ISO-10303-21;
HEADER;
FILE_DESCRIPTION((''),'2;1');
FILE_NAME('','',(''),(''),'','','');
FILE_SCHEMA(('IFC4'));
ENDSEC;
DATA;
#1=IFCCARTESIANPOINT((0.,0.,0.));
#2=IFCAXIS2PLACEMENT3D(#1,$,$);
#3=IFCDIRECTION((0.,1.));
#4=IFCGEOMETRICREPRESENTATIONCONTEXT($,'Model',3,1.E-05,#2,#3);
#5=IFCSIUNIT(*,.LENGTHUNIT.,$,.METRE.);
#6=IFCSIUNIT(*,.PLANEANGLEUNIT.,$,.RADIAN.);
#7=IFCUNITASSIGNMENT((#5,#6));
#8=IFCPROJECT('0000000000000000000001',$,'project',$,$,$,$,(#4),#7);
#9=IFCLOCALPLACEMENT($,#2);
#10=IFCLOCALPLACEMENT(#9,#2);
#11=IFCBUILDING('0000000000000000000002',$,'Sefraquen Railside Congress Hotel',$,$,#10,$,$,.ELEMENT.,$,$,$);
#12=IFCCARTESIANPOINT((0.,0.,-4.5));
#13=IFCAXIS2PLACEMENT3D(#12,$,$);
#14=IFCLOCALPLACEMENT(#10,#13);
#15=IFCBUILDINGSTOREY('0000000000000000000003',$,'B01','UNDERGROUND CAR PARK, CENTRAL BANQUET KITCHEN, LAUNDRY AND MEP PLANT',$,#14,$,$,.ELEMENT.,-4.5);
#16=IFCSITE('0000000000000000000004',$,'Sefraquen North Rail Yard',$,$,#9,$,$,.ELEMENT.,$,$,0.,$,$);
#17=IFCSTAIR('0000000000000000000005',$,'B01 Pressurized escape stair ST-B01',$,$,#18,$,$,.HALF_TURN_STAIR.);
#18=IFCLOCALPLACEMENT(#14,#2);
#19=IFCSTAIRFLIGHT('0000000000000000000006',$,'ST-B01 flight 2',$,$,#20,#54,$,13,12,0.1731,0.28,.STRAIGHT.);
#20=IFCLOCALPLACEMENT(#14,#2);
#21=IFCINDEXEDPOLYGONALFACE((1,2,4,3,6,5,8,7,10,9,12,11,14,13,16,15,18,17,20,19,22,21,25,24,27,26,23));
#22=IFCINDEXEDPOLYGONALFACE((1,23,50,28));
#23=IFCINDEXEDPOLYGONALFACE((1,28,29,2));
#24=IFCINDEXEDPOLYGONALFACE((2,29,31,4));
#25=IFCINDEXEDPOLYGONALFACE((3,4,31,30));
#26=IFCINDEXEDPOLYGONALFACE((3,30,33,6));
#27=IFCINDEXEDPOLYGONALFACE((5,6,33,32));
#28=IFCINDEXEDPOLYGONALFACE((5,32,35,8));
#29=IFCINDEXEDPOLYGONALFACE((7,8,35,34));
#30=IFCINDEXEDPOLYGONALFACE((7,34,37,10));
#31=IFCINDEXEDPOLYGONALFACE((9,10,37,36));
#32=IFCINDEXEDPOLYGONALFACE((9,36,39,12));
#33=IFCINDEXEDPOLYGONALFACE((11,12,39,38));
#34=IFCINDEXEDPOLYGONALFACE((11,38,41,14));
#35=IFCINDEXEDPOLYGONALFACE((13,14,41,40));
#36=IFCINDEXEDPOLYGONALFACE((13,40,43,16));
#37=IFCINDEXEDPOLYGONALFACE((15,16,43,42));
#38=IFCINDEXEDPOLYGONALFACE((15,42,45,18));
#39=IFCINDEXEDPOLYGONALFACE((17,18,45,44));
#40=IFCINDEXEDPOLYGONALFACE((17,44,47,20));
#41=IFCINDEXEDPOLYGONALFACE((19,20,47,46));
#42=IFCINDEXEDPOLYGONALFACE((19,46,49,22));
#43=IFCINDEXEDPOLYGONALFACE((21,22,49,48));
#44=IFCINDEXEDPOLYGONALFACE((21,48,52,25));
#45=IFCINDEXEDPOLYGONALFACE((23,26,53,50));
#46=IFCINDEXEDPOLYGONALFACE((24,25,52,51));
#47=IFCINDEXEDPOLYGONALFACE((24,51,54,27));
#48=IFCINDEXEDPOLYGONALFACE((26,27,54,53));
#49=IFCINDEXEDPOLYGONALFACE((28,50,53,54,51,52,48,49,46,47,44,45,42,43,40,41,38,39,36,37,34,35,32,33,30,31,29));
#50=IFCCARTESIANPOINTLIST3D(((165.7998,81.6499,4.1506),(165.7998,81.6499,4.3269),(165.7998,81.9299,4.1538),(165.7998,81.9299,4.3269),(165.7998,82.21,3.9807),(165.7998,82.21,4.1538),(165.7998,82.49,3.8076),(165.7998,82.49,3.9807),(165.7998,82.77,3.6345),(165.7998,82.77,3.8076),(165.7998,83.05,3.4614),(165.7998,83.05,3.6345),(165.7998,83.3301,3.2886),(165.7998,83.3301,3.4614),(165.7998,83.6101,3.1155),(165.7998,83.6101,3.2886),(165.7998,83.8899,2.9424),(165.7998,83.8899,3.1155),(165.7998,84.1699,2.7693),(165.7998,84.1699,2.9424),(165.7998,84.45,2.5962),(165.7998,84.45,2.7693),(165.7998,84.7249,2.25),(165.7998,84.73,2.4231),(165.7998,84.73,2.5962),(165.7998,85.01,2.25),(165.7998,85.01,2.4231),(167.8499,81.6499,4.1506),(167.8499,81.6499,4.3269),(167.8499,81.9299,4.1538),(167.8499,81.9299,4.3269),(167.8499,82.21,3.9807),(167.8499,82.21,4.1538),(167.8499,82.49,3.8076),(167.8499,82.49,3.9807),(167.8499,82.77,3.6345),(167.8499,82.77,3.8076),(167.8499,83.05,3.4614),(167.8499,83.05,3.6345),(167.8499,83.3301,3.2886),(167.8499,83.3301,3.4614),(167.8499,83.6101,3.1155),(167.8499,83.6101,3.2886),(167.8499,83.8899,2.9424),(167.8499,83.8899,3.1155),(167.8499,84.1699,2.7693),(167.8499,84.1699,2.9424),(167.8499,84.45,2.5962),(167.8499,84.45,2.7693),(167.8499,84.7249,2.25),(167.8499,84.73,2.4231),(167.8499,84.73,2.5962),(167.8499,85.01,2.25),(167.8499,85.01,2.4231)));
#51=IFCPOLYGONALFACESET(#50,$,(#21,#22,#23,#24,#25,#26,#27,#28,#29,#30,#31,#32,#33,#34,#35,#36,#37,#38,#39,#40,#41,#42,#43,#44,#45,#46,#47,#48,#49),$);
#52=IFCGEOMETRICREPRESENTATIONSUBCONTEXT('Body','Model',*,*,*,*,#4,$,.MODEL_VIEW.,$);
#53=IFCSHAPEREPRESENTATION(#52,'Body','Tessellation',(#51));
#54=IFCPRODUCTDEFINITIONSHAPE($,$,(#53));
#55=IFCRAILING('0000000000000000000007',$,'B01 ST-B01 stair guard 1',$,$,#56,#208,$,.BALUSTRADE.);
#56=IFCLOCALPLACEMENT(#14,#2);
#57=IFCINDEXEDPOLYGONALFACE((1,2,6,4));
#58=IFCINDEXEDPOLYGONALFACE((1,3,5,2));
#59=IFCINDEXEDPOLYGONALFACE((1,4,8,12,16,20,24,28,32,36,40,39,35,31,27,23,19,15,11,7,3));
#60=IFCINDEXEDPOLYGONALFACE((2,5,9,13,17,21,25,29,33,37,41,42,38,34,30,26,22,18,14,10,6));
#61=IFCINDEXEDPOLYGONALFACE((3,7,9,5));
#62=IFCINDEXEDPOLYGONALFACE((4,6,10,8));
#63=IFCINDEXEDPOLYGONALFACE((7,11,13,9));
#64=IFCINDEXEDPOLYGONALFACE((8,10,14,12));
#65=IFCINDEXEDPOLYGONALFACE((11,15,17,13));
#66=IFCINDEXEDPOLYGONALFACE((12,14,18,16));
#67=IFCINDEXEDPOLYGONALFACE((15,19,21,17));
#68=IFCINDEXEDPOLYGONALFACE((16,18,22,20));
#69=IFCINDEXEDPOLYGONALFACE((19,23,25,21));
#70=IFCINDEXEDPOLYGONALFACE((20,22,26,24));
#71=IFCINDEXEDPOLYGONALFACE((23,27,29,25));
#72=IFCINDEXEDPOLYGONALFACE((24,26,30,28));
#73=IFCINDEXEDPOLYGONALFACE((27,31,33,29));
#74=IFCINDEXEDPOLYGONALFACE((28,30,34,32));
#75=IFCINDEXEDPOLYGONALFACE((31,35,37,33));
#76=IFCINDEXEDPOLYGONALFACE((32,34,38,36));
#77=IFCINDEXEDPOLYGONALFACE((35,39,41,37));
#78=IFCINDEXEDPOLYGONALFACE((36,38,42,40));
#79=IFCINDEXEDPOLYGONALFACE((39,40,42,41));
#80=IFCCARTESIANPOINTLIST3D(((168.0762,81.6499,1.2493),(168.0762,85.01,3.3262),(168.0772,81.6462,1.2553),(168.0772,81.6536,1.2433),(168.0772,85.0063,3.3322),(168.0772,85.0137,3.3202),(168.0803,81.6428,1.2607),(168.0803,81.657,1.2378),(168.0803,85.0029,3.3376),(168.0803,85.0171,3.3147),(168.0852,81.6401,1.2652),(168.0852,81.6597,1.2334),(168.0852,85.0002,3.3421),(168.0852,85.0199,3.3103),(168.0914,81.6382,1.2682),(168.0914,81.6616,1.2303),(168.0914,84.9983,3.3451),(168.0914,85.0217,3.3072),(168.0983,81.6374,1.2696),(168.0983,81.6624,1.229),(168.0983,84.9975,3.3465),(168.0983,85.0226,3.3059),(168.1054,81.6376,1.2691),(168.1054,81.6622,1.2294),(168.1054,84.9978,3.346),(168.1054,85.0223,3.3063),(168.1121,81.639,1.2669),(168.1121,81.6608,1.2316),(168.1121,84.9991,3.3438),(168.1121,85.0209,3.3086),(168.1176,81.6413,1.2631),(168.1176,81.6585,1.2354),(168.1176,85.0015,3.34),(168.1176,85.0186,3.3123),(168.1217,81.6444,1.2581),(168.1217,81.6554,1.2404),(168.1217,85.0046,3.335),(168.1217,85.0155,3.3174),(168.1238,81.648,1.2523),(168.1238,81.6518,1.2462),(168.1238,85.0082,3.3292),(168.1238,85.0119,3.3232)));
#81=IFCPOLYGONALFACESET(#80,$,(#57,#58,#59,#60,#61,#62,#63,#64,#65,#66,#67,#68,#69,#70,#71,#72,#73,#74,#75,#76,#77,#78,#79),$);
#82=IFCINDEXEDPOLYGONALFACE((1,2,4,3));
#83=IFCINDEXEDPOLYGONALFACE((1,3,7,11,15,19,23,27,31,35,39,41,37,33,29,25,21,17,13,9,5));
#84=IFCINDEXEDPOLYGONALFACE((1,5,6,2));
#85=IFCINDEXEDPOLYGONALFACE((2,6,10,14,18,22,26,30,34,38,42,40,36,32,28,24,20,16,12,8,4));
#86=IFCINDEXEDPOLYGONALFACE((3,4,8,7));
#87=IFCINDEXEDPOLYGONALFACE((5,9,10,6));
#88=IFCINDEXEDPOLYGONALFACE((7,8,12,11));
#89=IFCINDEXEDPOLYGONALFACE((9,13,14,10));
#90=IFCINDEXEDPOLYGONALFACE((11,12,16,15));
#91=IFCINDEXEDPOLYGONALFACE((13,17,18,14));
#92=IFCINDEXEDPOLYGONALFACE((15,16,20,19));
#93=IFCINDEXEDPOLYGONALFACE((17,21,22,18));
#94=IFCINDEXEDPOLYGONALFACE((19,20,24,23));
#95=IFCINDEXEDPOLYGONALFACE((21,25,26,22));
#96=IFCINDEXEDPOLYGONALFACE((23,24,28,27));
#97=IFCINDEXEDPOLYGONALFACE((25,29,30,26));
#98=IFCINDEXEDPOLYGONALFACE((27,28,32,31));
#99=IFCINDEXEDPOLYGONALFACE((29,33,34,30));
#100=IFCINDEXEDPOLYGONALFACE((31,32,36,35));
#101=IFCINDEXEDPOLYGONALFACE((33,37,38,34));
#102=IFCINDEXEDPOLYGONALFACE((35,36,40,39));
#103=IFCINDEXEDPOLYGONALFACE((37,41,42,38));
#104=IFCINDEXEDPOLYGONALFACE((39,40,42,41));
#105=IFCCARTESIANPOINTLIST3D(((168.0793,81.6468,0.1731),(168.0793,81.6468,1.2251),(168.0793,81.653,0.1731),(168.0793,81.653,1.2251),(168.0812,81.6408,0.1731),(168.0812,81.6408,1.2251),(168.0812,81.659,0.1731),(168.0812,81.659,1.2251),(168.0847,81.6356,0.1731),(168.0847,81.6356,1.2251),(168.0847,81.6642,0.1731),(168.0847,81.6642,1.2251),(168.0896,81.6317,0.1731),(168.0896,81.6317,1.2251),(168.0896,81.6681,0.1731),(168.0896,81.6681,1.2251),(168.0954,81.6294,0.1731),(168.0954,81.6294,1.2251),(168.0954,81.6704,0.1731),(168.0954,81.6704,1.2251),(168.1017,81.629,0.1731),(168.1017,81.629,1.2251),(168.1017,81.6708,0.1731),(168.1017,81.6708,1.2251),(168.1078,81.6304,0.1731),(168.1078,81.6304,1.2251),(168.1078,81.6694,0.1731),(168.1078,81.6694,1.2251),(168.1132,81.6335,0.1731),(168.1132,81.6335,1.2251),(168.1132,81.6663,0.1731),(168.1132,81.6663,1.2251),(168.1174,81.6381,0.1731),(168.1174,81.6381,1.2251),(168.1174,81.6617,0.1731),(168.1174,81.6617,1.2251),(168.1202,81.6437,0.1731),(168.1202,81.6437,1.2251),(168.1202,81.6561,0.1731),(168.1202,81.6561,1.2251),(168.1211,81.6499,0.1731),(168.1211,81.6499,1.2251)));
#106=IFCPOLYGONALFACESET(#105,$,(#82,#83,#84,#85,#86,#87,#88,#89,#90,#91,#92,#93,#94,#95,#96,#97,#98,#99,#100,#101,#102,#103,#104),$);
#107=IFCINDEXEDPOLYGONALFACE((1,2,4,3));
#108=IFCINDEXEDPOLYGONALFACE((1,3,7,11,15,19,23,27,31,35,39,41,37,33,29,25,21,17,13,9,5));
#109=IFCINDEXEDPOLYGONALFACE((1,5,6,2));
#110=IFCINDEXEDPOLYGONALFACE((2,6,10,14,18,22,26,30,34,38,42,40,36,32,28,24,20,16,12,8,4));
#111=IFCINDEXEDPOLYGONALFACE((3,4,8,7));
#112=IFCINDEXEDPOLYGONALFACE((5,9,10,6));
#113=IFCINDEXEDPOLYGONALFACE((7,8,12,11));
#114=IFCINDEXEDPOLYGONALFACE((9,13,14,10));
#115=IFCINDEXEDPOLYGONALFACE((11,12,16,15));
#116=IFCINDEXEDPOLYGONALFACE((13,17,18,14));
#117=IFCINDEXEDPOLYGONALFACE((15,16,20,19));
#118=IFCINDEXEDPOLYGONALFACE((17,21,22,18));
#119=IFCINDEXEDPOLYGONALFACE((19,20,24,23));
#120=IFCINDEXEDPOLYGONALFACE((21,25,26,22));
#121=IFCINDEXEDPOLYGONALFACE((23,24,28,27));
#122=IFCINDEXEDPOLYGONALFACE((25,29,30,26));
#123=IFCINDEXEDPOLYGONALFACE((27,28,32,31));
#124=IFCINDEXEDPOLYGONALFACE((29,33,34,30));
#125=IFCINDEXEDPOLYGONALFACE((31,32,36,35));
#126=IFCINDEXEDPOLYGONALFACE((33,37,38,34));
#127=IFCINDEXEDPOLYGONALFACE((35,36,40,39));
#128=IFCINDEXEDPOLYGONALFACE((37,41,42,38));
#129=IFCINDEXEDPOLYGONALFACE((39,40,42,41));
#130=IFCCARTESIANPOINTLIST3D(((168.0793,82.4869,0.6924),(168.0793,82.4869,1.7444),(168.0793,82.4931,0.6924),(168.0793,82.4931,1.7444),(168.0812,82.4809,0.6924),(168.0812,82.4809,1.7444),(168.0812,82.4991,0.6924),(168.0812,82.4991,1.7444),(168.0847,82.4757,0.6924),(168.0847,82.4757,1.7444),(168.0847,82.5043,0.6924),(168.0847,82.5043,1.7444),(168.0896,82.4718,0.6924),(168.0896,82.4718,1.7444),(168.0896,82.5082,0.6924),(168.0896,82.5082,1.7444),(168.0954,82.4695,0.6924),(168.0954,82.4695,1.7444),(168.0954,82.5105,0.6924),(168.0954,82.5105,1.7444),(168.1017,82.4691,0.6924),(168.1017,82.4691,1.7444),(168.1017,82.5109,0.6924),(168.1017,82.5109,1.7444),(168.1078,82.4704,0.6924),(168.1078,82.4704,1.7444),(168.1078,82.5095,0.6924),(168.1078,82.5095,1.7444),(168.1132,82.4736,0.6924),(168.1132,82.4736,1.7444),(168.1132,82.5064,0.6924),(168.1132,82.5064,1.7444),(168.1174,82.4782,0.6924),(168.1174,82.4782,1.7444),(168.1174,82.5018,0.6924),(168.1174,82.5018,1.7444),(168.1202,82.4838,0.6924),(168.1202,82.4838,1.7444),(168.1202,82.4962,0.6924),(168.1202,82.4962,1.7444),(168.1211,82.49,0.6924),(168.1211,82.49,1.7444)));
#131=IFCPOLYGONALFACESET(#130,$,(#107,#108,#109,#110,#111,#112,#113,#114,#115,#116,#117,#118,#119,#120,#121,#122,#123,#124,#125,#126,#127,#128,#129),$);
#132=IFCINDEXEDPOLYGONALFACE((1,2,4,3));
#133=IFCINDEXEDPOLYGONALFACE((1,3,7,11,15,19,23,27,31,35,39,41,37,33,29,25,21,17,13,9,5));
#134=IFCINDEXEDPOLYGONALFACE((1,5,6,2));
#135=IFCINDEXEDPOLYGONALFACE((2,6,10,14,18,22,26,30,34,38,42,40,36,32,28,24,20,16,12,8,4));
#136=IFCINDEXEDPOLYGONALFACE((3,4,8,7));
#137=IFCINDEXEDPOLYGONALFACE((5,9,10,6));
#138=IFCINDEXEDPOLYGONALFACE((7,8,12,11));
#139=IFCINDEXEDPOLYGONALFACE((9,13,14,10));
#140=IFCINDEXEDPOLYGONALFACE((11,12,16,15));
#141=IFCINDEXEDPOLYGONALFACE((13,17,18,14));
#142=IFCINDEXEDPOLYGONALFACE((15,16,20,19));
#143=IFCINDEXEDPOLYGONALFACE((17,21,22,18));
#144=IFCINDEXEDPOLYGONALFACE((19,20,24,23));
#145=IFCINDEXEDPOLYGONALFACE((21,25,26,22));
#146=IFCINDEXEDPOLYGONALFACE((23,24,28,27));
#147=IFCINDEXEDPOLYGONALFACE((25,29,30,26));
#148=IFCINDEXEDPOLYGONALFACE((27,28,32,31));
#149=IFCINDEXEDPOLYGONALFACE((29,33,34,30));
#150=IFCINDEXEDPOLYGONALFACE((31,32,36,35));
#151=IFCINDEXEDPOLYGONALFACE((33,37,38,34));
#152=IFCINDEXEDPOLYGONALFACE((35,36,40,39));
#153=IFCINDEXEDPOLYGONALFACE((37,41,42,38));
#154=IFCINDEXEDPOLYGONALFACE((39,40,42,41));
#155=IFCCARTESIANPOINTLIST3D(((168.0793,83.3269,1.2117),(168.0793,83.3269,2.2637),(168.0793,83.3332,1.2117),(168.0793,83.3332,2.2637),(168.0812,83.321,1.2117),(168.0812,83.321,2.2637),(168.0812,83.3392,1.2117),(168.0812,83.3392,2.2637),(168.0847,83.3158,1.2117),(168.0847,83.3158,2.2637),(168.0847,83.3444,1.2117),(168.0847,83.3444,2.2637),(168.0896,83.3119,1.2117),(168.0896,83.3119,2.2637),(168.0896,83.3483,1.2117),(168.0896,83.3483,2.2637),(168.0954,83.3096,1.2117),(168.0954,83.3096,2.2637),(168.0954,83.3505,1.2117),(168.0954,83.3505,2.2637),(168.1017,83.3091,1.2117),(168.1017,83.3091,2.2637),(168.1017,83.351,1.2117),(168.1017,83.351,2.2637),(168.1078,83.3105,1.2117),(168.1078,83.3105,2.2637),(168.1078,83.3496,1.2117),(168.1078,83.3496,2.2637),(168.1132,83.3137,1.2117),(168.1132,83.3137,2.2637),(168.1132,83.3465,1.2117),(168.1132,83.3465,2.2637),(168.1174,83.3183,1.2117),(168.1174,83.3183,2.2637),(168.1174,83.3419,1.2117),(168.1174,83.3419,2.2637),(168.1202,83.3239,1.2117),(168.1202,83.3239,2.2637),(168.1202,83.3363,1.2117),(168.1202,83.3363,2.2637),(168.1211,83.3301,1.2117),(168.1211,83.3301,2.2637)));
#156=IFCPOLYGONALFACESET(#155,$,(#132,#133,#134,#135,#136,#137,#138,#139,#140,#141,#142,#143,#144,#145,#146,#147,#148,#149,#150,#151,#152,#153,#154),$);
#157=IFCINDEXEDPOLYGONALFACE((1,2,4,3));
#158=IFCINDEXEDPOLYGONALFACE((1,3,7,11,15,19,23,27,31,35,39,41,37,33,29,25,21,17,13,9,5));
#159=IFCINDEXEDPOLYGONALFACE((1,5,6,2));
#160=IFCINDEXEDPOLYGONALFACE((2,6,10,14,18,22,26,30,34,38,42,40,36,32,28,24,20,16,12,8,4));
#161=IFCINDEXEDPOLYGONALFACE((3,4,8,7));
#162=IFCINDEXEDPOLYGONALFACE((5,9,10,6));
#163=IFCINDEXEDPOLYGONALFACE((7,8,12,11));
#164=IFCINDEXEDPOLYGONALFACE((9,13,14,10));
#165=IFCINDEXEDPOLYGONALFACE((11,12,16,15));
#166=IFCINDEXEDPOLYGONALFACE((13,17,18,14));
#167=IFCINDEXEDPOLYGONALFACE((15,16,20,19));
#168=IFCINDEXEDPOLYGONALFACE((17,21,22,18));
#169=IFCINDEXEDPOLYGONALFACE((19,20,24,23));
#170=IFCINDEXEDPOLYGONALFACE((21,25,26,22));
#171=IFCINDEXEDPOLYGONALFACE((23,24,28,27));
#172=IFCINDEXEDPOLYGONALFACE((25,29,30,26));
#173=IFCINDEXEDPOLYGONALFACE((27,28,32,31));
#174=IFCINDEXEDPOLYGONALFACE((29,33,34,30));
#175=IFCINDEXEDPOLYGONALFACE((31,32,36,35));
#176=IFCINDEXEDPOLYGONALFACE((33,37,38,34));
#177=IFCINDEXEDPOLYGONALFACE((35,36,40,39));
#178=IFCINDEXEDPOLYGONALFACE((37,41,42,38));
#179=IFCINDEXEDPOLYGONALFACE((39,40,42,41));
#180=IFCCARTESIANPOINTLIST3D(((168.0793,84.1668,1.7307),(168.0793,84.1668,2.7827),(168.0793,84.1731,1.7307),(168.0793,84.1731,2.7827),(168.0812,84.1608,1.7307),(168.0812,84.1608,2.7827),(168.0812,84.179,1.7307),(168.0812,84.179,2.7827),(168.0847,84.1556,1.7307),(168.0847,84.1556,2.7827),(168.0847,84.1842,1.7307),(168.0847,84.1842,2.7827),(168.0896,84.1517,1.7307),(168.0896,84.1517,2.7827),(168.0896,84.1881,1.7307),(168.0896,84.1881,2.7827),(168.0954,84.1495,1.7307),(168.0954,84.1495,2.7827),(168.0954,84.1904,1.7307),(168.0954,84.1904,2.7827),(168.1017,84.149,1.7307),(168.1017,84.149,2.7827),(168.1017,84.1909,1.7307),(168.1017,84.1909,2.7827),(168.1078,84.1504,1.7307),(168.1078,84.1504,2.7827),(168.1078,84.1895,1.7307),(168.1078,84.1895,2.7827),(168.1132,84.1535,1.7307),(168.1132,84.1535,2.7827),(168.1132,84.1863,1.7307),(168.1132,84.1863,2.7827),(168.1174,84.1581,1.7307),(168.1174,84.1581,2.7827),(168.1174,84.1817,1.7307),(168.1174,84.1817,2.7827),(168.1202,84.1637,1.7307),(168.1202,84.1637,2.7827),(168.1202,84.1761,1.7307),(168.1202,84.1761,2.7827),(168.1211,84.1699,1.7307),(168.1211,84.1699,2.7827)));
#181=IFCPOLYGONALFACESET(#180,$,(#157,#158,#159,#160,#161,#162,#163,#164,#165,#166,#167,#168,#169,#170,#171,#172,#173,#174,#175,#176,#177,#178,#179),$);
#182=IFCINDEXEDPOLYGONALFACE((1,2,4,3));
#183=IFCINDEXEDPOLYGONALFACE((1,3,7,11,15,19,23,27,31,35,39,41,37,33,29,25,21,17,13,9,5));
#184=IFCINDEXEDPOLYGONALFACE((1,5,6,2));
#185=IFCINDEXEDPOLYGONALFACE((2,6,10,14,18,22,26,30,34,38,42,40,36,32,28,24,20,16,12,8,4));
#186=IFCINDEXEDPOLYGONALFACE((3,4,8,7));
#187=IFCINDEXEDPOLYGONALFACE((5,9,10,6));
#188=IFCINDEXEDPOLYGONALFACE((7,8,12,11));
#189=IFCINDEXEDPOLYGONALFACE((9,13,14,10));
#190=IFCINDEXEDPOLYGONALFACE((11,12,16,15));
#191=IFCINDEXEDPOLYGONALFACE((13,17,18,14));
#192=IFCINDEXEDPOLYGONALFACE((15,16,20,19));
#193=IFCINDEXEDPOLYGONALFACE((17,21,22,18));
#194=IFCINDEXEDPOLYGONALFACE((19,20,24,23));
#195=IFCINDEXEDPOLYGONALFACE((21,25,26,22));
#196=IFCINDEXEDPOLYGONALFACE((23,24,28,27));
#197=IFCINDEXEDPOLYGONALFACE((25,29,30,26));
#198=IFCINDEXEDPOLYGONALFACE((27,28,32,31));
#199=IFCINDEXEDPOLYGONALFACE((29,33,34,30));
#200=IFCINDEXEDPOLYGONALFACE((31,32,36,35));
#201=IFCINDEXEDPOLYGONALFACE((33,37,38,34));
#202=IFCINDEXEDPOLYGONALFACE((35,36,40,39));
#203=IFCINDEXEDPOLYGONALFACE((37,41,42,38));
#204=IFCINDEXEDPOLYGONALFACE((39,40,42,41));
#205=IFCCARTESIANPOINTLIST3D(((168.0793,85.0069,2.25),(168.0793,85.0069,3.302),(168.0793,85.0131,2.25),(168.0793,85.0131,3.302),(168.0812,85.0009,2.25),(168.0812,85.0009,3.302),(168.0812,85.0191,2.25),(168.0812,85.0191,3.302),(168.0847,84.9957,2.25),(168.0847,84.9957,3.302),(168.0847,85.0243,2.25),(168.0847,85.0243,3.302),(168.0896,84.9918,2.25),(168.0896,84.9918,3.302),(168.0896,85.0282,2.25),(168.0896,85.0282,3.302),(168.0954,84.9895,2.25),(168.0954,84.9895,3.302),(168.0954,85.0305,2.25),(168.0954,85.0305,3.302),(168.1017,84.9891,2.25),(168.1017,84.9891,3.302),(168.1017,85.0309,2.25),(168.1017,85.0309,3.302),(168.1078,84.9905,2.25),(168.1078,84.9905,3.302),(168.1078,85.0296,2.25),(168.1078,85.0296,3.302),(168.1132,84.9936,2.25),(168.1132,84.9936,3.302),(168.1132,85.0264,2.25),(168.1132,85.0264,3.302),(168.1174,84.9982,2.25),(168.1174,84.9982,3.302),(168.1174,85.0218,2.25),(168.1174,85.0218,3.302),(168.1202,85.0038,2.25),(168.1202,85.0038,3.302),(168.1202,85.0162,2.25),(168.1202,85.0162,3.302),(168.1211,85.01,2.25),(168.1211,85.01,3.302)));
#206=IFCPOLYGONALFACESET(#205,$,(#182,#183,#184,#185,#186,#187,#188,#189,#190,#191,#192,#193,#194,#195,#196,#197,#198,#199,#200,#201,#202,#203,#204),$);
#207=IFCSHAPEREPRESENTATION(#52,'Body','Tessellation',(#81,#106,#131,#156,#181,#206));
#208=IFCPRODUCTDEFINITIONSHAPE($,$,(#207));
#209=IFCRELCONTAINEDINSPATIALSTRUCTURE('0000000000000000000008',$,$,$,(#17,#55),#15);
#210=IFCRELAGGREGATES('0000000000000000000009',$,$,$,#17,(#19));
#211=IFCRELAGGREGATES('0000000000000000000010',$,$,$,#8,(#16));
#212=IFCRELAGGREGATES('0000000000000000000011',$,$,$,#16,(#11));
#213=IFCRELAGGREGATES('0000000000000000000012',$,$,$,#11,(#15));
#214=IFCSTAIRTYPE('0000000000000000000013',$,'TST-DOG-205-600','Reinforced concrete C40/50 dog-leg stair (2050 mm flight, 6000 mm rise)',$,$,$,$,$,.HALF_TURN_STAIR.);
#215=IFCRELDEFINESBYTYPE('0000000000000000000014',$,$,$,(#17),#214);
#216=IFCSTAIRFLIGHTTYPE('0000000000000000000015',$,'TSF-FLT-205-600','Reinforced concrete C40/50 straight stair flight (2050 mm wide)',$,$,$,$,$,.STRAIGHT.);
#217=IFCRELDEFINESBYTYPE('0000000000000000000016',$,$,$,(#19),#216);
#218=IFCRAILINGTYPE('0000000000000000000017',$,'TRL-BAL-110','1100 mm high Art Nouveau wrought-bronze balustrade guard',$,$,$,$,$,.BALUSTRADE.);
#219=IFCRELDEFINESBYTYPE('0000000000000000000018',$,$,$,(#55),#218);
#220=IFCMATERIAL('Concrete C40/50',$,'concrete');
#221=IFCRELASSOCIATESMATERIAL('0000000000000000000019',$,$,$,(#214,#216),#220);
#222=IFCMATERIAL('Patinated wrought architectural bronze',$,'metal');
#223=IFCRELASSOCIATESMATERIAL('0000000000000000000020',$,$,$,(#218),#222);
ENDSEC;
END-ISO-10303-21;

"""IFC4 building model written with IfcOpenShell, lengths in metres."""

from ifc_helpers import new_model, si_unit, direction, frame, origin, origin_2d, place, context, subcontext, project, spatial, polyline, circle, outline, extrude, material, type_object, element, aggregate, save


model = new_model("IFC4")

# Units and contexts
model_context = context("Model", 3, precision=1e-05, world=origin(), true_north=direction((0.0, 1.0)))
body_context = subcontext(model_context, "Body", "Model", "MODEL_VIEW")
ifc_project = project(units=[si_unit("LENGTHUNIT", "METRE"), si_unit("PLANEANGLEUNIT", "RADIAN")], contexts=[model_context])

# Site, building, storey
site_placement = place(None, origin())
site = spatial("IfcSite", under=ifc_project, at=site_placement, Name="Sefraquen North Rail Yard", CompositionType="ELEMENT", RefElevation=0.0)
building_placement = place(site_placement, origin())
building = spatial("IfcBuilding", under=site, at=building_placement, Name="Sefraquen Railside Congress Hotel", CompositionType="ELEMENT")
storey_placement = place(building_placement, frame((0.0, 0.0, -4.5)))
storey = spatial("IfcBuildingStorey", under=building, at=storey_placement, Name="B01", Description="UNDERGROUND CAR PARK, CENTRAL BANQUET KITCHEN, LAUNDRY AND MEP PLANT", CompositionType="ELEMENT", Elevation=-4.5)

# Shared definitions
ifc_material_1 = material(Name="Concrete C40/50", Category="concrete")

# Stair, stair flight
stair_type = type_object("IfcStairType", Name="TST-DOG-205-600", Description="Reinforced concrete C40/50 dog-leg stair (2050 mm flight, 6000 mm rise)", PredefinedType="HALF_TURN_STAIR", material=ifc_material_1)
stair_placement = place(storey_placement, origin())
stair = element("IfcStair", 1, at=stair_placement, inside=storey, type_object=stair_type, Name="B01 Pressurized escape stair ST-B01", PredefinedType="HALF_TURN_STAIR")
stair_flight_type = type_object("IfcStairFlightType", Name="TSF-FLT-205-600", Description="Reinforced concrete C40/50 straight stair flight (2050 mm wide)", PredefinedType="STRAIGHT", material=ifc_material_1)
stair_flight_1_placement = place(storey_placement, frame((166.825, 85.01, 2.25), z_axis=(0.0, 0.0, 1.0), x_axis=(0.0, -1.0, 0.0)))
stair_flight_1 = element("IfcStairFlight", 2, at=stair_flight_1_placement, type_object=stair_flight_type, Name="ST-B01 flight 2", NumberOfRisers=13, NumberOfTreads=12, PredefinedType="STRAIGHT", RiserHeight=0.1731, TreadLength=0.28, context=body_context, shape_type="SweptSolid", body=[
    extrude(outline(polyline([(0.0, 0.0), (0.0, 0.1731), (0.28, 0.1731), (0.28, 0.3462), (0.5601, 0.3462), (0.5601, 0.5193), (0.8401, 0.5193), (0.8401, 0.6924), (1.1201, 0.6924), (1.1201, 0.8655), (1.3999, 0.8655), (1.3999, 1.0386), (1.6799, 1.0386), (1.6799, 1.2114), (1.96, 1.2114), (1.96, 1.3845), (2.24, 1.3845), (2.24, 1.5576), (2.52, 1.5576), (2.52, 1.7307), (2.8, 1.7307), (2.8, 1.9038), (3.0801, 1.9038), (3.0801, 2.0769), (3.3601, 2.0769), (3.3601, 2.25), (3.3601, 1.9006), (0.2852, 0.0), (0.0, 0.0)])), frame((0.0, 1.0249, 0.0), z_axis=(0.0, -1.0, 0.0), x_axis=(1.0, 0.0, 0.0)), (0.0, 0.0, 1.0), 2.05),
])
aggregate(stair, [stair_flight_1])

# Railing
ifc_material_2 = material(Name="Patinated wrought architectural bronze", Category="metal")
railing_type_1 = type_object("IfcRailingType", Name="TRL-BAL-110", Description="1100 mm high Art Nouveau wrought-bronze balustrade guard", PredefinedType="BALUSTRADE", material=ifc_material_2)
railing_1_placement = place(storey_placement, frame((168.1001, 81.6499, 0.1731)))
element("IfcRailing", 3, at=railing_1_placement, inside=storey, type_object=railing_type_1, Name="B01 ST-B01 stair guard 1", PredefinedType="BALUSTRADE", context=body_context, shape_type="SweptSolid", body=[
    extrude(circle(Radius=0.0239, at=origin_2d()), frame((0.0, 0.0, 1.0762), z_axis=(0.0, 0.850623, 0.525776), x_axis=(-1.0, 0.0, 0.0)), (0.0, 0.0, 1.0), 3.9502),
    extrude(circle(Radius=0.021, at=origin_2d()), origin(), (0.0, 0.0, 1.0), 1.052),
    extrude(circle(Radius=0.021, at=origin_2d()), frame((0.0, 0.8401, 0.5193)), (0.0, 0.0, 1.0), 1.052),
    extrude(circle(Radius=0.021, at=origin_2d()), frame((0.0, 1.6802, 1.0386)), (0.0, 0.0, 1.0), 1.052),
    extrude(circle(Radius=0.021, at=origin_2d()), frame((0.0, 2.52, 1.5576)), (0.0, 0.0, 1.0), 1.052),
    extrude(circle(Radius=0.021, at=origin_2d()), frame((0.0, 3.3601, 2.0769)), (0.0, 0.0, 1.0), 1.052),
])

save(model, "model.ifc")
